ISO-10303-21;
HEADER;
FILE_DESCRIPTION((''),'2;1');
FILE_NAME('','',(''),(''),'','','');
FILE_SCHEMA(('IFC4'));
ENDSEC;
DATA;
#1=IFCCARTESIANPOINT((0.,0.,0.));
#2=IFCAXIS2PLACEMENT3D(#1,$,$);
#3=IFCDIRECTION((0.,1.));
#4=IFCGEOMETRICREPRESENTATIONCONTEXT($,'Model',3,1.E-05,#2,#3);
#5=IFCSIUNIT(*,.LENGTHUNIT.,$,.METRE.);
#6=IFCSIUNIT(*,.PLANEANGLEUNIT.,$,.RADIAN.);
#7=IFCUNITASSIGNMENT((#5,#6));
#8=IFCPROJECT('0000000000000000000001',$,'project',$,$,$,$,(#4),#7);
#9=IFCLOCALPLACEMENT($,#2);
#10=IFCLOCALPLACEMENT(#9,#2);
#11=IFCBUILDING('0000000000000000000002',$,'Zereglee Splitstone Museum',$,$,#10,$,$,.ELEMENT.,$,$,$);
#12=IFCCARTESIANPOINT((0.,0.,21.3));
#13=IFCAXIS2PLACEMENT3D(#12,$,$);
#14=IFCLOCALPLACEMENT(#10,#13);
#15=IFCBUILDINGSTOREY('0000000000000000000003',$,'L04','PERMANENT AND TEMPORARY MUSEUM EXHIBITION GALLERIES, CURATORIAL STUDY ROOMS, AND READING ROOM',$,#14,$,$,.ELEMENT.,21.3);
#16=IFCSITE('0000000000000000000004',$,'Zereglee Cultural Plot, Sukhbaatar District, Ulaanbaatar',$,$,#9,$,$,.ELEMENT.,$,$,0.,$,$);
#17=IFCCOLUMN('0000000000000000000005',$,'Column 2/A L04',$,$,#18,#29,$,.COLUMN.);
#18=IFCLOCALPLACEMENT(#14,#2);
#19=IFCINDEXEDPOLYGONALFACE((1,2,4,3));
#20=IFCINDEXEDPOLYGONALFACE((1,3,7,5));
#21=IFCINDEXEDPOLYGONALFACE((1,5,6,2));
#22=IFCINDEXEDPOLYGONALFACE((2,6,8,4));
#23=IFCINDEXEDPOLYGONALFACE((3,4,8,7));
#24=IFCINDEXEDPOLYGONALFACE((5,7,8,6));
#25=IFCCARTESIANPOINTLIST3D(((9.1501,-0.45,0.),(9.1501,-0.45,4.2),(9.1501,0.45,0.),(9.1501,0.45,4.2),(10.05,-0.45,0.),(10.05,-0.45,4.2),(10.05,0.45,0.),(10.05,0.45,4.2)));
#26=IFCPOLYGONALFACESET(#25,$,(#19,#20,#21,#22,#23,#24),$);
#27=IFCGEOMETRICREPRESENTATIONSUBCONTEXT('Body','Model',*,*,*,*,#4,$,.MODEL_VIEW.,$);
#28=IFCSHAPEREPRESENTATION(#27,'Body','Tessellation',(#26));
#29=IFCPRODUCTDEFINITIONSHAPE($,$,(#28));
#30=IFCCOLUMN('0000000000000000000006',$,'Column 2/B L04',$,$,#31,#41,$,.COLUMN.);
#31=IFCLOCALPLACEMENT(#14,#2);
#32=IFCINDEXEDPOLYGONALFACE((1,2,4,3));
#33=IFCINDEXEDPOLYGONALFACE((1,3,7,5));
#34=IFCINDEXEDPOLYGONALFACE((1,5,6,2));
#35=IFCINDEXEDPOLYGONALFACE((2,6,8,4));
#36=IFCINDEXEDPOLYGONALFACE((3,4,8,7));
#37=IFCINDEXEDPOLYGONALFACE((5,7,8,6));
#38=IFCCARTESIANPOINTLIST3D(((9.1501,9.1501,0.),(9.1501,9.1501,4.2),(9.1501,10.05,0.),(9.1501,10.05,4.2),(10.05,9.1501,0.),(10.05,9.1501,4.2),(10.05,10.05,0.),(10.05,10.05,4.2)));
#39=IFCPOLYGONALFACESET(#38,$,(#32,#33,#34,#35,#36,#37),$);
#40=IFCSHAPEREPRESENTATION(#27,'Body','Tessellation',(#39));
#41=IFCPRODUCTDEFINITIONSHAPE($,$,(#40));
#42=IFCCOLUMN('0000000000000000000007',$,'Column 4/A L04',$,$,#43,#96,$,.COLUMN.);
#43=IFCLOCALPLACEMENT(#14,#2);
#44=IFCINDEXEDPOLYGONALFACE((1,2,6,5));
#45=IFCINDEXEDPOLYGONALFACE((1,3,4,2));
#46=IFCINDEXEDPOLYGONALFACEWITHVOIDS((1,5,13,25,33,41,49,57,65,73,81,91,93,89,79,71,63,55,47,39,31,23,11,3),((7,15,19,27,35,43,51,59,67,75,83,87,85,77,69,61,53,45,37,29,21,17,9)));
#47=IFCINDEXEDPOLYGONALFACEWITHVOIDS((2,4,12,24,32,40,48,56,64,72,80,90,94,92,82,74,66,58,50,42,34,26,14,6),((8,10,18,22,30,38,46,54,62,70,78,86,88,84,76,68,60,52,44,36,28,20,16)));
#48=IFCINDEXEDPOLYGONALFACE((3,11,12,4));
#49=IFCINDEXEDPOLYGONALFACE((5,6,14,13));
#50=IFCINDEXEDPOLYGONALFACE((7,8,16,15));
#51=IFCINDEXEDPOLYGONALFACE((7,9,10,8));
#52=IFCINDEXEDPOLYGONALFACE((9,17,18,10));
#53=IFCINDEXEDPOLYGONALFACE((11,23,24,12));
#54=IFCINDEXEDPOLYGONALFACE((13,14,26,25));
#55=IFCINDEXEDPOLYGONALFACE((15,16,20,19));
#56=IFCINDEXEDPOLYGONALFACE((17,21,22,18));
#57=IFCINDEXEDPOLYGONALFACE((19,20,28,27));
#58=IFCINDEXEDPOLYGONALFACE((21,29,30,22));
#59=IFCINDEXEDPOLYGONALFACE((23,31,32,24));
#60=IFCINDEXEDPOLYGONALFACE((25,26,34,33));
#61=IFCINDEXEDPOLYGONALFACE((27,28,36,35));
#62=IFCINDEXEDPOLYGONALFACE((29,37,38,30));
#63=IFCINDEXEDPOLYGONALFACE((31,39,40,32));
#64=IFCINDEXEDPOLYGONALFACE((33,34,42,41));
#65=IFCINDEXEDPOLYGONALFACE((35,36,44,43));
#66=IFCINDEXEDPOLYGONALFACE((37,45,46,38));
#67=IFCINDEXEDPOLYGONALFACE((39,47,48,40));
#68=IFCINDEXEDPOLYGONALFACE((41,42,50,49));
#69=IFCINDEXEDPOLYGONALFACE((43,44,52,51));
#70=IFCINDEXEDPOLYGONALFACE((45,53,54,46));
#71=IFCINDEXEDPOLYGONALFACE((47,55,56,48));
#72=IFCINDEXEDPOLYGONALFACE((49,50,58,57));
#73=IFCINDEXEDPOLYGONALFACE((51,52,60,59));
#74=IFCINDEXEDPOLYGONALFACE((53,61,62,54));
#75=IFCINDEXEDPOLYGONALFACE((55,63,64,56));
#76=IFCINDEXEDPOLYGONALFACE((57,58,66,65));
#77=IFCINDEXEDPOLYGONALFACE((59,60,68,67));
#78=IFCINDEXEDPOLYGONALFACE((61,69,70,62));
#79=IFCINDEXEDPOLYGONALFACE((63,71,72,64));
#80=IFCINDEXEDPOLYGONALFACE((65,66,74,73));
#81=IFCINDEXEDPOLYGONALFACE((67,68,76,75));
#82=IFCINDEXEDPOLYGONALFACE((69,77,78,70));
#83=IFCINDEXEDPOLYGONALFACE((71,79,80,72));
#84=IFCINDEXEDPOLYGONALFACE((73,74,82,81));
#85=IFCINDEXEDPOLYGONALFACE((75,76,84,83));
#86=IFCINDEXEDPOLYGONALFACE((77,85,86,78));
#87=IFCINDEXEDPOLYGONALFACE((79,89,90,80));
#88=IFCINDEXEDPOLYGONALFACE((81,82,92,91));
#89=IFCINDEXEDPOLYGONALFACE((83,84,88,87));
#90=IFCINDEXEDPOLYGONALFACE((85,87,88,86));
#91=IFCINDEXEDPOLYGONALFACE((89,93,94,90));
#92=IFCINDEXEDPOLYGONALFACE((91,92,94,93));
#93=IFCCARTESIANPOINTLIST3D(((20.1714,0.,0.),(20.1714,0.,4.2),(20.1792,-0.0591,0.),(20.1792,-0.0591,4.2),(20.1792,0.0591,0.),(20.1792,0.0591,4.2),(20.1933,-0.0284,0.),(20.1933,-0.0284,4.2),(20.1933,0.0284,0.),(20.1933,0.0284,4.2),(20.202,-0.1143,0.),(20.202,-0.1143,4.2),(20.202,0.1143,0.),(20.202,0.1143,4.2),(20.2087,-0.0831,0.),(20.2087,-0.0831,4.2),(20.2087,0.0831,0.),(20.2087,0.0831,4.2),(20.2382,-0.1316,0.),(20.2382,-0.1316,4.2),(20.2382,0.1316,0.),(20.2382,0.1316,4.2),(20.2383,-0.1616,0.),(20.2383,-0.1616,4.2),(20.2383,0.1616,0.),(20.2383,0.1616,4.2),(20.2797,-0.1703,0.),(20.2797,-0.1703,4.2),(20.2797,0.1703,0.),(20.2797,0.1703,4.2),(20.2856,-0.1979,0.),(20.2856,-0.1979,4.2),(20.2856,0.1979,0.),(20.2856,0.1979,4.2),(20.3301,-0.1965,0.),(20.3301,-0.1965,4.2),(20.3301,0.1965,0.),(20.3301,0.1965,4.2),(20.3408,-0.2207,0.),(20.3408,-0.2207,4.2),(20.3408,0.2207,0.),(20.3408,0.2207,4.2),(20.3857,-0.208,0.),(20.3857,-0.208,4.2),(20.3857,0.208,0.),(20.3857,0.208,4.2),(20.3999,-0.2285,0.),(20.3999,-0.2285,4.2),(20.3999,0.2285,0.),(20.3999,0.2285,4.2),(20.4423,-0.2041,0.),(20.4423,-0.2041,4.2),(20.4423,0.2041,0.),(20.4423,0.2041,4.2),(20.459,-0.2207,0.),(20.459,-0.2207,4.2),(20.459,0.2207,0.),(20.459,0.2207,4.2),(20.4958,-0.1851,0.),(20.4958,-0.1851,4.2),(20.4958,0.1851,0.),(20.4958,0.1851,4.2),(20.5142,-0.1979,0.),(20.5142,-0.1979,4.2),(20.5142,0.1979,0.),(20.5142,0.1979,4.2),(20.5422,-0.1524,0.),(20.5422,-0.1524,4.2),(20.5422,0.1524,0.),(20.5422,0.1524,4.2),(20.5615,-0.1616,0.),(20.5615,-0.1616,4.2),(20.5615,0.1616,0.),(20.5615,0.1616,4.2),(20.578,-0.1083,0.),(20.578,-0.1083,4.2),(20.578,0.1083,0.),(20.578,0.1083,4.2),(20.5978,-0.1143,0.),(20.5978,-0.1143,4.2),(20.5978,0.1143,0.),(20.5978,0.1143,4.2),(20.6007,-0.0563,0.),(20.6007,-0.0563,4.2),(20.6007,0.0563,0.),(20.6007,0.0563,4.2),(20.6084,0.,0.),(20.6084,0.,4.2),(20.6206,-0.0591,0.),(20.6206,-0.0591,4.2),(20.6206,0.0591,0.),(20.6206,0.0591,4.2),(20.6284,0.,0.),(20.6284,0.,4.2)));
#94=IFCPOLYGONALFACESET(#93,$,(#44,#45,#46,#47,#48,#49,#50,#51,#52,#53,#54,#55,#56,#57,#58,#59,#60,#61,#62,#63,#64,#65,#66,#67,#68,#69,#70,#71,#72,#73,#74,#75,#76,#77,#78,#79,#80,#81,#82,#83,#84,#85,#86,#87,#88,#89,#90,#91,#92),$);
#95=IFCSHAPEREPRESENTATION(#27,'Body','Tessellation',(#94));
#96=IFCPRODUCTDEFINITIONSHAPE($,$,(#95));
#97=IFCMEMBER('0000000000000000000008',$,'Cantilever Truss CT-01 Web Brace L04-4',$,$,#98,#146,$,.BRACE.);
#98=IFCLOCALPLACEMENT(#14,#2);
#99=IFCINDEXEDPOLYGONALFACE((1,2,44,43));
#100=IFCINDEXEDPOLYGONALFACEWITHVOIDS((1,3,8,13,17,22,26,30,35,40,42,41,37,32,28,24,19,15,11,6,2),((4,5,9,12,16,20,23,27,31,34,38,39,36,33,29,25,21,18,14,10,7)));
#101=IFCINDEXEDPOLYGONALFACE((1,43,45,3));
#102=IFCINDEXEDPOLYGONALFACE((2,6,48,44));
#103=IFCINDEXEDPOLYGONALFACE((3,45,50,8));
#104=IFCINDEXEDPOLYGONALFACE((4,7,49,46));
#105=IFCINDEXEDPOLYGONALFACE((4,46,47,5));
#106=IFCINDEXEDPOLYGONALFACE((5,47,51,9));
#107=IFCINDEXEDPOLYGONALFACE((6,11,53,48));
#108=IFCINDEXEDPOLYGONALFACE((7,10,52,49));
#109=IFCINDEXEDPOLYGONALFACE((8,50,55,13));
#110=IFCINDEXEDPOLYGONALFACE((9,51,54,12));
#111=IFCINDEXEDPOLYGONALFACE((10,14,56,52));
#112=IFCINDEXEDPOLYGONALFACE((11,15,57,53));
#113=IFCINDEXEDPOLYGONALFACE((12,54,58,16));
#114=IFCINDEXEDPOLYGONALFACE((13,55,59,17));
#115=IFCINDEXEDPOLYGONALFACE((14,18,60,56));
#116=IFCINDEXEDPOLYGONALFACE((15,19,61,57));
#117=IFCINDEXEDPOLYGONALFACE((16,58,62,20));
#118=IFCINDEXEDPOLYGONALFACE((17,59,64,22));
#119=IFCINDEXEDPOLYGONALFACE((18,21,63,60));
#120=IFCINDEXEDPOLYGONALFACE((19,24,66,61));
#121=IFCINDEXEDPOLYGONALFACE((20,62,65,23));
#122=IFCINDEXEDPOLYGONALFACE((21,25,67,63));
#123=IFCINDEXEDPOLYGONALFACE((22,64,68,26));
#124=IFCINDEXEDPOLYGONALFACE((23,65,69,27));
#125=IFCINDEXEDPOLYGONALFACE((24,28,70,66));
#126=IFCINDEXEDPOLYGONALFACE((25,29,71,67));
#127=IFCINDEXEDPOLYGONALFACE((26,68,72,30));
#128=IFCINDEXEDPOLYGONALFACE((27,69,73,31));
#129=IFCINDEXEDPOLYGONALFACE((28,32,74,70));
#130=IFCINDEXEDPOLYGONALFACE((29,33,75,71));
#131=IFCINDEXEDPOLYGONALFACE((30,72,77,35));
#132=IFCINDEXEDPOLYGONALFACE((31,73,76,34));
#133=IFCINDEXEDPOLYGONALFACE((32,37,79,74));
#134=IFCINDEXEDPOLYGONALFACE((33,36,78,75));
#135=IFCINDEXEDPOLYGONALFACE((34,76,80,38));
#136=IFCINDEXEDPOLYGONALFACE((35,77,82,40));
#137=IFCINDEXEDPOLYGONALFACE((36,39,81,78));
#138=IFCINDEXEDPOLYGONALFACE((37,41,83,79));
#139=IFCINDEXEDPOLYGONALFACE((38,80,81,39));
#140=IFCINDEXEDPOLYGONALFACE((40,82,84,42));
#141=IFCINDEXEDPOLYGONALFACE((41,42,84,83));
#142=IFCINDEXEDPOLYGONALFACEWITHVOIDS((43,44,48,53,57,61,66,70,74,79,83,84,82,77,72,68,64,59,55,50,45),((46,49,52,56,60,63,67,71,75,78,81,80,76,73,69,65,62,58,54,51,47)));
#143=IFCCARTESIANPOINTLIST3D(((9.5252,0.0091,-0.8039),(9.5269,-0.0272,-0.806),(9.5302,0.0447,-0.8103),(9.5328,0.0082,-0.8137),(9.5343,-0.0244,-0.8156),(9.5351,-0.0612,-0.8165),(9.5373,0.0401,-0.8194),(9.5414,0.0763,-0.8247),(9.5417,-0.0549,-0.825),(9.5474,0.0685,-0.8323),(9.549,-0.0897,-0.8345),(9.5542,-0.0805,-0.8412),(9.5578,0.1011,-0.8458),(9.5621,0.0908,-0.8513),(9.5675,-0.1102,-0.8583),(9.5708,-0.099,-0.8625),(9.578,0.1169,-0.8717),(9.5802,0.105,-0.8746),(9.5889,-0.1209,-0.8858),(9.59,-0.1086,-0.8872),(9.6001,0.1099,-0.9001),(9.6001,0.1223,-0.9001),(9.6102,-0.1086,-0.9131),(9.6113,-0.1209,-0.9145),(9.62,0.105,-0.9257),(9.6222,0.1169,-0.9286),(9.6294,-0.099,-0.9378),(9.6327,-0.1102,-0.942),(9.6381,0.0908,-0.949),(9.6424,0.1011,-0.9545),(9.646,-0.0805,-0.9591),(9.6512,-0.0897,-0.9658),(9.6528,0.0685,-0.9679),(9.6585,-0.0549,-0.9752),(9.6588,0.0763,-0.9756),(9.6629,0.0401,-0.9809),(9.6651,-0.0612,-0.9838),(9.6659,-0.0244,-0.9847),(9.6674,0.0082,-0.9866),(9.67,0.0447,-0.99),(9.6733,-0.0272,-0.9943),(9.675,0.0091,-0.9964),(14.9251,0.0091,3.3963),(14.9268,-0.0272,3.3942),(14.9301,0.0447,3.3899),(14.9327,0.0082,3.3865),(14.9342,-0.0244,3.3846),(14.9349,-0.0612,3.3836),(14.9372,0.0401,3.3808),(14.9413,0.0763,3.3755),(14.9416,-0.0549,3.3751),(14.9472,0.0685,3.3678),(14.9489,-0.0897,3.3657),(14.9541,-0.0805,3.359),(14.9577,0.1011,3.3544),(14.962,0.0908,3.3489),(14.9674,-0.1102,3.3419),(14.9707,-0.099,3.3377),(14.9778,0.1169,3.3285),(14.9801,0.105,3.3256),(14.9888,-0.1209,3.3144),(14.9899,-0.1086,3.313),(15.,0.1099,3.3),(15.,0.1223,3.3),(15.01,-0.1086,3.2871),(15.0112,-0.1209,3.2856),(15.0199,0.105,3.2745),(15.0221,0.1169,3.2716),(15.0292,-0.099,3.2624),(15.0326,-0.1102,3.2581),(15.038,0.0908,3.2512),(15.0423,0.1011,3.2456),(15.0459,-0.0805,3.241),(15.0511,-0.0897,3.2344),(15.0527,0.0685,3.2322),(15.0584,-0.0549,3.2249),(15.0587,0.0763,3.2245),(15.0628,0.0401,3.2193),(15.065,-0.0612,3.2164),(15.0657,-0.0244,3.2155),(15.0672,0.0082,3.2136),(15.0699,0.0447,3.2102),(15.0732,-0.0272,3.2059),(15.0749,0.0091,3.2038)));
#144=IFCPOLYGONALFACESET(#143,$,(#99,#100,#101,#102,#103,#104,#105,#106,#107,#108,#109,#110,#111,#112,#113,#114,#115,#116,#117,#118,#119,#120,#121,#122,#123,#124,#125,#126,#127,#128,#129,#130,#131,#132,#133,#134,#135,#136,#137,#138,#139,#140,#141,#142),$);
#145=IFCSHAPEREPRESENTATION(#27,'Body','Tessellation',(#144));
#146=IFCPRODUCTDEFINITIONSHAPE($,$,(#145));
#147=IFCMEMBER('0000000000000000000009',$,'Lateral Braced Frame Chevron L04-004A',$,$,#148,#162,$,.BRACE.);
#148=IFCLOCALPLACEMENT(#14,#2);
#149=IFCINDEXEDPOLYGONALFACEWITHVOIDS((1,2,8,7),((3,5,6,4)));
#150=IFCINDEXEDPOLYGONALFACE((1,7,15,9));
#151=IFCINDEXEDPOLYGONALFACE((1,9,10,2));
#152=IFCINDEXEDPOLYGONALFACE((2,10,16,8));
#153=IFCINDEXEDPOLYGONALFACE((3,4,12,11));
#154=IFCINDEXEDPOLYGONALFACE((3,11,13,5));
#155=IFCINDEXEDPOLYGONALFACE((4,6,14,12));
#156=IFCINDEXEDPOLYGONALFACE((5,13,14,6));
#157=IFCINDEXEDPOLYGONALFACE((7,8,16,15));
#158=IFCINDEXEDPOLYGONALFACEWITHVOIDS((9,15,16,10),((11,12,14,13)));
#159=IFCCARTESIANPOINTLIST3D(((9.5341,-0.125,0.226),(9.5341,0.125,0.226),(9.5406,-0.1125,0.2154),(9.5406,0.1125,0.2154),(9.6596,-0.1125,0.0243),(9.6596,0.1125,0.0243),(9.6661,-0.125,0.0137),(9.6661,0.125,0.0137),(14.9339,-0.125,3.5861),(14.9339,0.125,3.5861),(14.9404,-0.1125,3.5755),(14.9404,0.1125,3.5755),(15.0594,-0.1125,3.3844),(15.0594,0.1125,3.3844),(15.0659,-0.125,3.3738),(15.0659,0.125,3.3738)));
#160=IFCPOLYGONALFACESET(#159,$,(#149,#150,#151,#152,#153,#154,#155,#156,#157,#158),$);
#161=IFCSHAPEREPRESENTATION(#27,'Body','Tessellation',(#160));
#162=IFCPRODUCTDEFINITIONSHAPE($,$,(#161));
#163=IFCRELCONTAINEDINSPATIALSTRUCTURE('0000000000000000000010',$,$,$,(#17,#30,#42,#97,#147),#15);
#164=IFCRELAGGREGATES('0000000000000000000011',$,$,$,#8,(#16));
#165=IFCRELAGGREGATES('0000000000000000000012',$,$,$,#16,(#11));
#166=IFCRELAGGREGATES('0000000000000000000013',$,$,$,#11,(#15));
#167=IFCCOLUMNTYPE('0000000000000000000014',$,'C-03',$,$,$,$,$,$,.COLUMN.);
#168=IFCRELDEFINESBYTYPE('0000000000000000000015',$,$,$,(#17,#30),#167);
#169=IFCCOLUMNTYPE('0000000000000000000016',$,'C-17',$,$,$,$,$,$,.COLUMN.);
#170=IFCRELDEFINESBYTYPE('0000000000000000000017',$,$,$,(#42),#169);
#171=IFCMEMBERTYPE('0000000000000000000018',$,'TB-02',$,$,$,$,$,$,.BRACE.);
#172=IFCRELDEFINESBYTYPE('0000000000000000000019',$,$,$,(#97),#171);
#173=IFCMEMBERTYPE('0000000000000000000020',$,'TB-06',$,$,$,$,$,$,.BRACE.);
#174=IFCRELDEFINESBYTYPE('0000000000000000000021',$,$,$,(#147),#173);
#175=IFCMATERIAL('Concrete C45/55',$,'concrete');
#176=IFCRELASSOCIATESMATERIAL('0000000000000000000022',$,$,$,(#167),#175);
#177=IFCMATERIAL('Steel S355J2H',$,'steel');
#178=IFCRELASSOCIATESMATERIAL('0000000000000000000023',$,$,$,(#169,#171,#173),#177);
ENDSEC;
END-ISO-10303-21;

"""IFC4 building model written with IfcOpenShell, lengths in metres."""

from ifc_helpers import new_model, si_unit, direction, frame, origin, origin_2d, place, context, subcontext, project, spatial, rectangle, hollow_rectangle, hollow_circle, extrude, material, material_profile, profile_set, type_object, element, save


model = new_model("IFC4")

# Units and contexts
model_context = context("Model", 3, precision=1e-05, world=origin(), true_north=direction((0.0, 1.0)))
body_context = subcontext(model_context, "Body", "Model", "MODEL_VIEW")
ifc_project = project(units=[si_unit("LENGTHUNIT", "METRE"), si_unit("PLANEANGLEUNIT", "RADIAN")], contexts=[model_context])

# Site, building, storey
site_placement = place(None, origin())
site = spatial("IfcSite", under=ifc_project, at=site_placement, Name="Zereglee Cultural Plot, Sukhbaatar District, Ulaanbaatar", CompositionType="ELEMENT", RefElevation=0.0)
building_placement = place(site_placement, origin())
building = spatial("IfcBuilding", under=site, at=building_placement, Name="Zereglee Splitstone Museum", CompositionType="ELEMENT")
storey_placement = place(building_placement, frame((0.0, 0.0, 21.3)))
storey = spatial("IfcBuildingStorey", under=building, at=storey_placement, Name="L04", Description="PERMANENT AND TEMPORARY MUSEUM EXHIBITION GALLERIES, CURATORIAL STUDY ROOMS, AND READING ROOM", CompositionType="ELEMENT", Elevation=21.3)

# Columns
ifc_material_1 = material(Name="Concrete C45/55", Category="concrete")
ifc_material_profile_1 = material_profile(ifc_material_1, rectangle(XDim=0.8999, YDim=0.8999, at=origin_2d()), Name="RC 900x900")
ifc_profile_set_1 = profile_set([ifc_material_profile_1], Name="Concrete C45/55")
column_type_1 = type_object("IfcColumnType", Name="C-03", PredefinedType="COLUMN", material=ifc_profile_set_1)
for number, where, z_axis, x_axis, name in (
    (1, (9.6001, 0.0, 0.0), (0.0, 0.0, 1.0), (1.0, 0.0, 0.0), "Column 2/A L04"),
    (2, (9.6001, 9.6001, 0.0), (0.0, 0.0, 1.0), (1.0, 0.0, 0.0), "Column 2/B L04"),
):
    element("IfcColumn", number, at=place(storey_placement, frame(where, z_axis=z_axis, x_axis=x_axis)), inside=storey, type_object=column_type_1, Name=name, PredefinedType="COLUMN", context=body_context, shape_type="SweptSolid", body=[
        extrude(rectangle(XDim=0.8999, YDim=0.8999, at=origin_2d()), origin(), (0.0, 0.0, 1.0), 4.2),
    ])
ifc_material_2 = material(Name="Steel S355J2H", Category="steel")
ifc_material_profile_2 = material_profile(ifc_material_2, hollow_circle(Radius=0.2285, WallThickness=0.02, at=origin_2d()), Name="CHS 457.0x20")
ifc_profile_set_2 = profile_set([ifc_material_profile_2], Name="Steel S355J2H")
column_type_2 = type_object("IfcColumnType", Name="C-17", PredefinedType="COLUMN", material=ifc_profile_set_2)
column_placement = place(storey_placement, frame((20.3999, 0.0, 0.0), z_axis=(0.0, 0.0, 1.0), x_axis=(1.0, 0.0, 0.0)))
element("IfcColumn", 3, at=column_placement, inside=storey, type_object=column_type_2, Name="Column 4/A L04", PredefinedType="COLUMN", context=body_context, shape_type="SweptSolid", body=[
    extrude(hollow_circle(Radius=0.2285, WallThickness=0.02, at=origin_2d()), origin(), (0.0, 0.0, 1.0), 4.2),
])

# Members
ifc_material_profile_3 = material_profile(ifc_material_2, hollow_circle(Radius=0.1223, WallThickness=0.0125, at=origin_2d()), Name="CHS 244.5x12.5")
ifc_profile_set_3 = profile_set([ifc_material_profile_3], Name="Steel S355J2H")
member_type_1 = type_object("IfcMemberType", Name="TB-02", PredefinedType="BRACE", material=ifc_profile_set_3)
member_1_placement = place(storey_placement, frame((9.6001, 0.0, -0.9001), z_axis=(0.789333, 0.0, 0.613965), x_axis=(0.0, 1.0, 0.0)))
element("IfcMember", 4, at=member_1_placement, inside=storey, type_object=member_type_1, Name="Cantilever Truss CT-01 Web Brace L04-4", PredefinedType="BRACE", context=body_context, shape_type="SweptSolid", body=[
    extrude(hollow_circle(Radius=0.1223, WallThickness=0.0125, at=origin_2d()), origin(), (0.0, 0.0, 1.0), 6.8411),
])
ifc_material_profile_4 = material_profile(ifc_material_2, hollow_rectangle(XDim=0.25, YDim=0.25, WallThickness=0.0125, at=origin_2d()), Name="SHS 250x250x12.5")
ifc_profile_set_4 = profile_set([ifc_material_profile_4], Name="Steel S355J2H")
member_type_2 = type_object("IfcMemberType", Name="TB-06", PredefinedType="BRACE", material=ifc_profile_set_4)
member_2_placement = place(storey_placement, frame((9.6001, 0.0, 0.1199), z_axis=(0.849045, 0.0, 0.528321), x_axis=(0.0, 1.0, 0.0)))
element("IfcMember", 5, at=member_2_placement, inside=storey, type_object=member_type_2, Name="Lateral Braced Frame Chevron L04-004A", PredefinedType="BRACE", context=body_context, shape_type="SweptSolid", body=[
    extrude(hollow_rectangle(XDim=0.25, YDim=0.25, WallThickness=0.0125, at=origin_2d()), origin(), (0.0, 0.0, 1.0), 6.3599),
])

save(model, "model.ifc")
